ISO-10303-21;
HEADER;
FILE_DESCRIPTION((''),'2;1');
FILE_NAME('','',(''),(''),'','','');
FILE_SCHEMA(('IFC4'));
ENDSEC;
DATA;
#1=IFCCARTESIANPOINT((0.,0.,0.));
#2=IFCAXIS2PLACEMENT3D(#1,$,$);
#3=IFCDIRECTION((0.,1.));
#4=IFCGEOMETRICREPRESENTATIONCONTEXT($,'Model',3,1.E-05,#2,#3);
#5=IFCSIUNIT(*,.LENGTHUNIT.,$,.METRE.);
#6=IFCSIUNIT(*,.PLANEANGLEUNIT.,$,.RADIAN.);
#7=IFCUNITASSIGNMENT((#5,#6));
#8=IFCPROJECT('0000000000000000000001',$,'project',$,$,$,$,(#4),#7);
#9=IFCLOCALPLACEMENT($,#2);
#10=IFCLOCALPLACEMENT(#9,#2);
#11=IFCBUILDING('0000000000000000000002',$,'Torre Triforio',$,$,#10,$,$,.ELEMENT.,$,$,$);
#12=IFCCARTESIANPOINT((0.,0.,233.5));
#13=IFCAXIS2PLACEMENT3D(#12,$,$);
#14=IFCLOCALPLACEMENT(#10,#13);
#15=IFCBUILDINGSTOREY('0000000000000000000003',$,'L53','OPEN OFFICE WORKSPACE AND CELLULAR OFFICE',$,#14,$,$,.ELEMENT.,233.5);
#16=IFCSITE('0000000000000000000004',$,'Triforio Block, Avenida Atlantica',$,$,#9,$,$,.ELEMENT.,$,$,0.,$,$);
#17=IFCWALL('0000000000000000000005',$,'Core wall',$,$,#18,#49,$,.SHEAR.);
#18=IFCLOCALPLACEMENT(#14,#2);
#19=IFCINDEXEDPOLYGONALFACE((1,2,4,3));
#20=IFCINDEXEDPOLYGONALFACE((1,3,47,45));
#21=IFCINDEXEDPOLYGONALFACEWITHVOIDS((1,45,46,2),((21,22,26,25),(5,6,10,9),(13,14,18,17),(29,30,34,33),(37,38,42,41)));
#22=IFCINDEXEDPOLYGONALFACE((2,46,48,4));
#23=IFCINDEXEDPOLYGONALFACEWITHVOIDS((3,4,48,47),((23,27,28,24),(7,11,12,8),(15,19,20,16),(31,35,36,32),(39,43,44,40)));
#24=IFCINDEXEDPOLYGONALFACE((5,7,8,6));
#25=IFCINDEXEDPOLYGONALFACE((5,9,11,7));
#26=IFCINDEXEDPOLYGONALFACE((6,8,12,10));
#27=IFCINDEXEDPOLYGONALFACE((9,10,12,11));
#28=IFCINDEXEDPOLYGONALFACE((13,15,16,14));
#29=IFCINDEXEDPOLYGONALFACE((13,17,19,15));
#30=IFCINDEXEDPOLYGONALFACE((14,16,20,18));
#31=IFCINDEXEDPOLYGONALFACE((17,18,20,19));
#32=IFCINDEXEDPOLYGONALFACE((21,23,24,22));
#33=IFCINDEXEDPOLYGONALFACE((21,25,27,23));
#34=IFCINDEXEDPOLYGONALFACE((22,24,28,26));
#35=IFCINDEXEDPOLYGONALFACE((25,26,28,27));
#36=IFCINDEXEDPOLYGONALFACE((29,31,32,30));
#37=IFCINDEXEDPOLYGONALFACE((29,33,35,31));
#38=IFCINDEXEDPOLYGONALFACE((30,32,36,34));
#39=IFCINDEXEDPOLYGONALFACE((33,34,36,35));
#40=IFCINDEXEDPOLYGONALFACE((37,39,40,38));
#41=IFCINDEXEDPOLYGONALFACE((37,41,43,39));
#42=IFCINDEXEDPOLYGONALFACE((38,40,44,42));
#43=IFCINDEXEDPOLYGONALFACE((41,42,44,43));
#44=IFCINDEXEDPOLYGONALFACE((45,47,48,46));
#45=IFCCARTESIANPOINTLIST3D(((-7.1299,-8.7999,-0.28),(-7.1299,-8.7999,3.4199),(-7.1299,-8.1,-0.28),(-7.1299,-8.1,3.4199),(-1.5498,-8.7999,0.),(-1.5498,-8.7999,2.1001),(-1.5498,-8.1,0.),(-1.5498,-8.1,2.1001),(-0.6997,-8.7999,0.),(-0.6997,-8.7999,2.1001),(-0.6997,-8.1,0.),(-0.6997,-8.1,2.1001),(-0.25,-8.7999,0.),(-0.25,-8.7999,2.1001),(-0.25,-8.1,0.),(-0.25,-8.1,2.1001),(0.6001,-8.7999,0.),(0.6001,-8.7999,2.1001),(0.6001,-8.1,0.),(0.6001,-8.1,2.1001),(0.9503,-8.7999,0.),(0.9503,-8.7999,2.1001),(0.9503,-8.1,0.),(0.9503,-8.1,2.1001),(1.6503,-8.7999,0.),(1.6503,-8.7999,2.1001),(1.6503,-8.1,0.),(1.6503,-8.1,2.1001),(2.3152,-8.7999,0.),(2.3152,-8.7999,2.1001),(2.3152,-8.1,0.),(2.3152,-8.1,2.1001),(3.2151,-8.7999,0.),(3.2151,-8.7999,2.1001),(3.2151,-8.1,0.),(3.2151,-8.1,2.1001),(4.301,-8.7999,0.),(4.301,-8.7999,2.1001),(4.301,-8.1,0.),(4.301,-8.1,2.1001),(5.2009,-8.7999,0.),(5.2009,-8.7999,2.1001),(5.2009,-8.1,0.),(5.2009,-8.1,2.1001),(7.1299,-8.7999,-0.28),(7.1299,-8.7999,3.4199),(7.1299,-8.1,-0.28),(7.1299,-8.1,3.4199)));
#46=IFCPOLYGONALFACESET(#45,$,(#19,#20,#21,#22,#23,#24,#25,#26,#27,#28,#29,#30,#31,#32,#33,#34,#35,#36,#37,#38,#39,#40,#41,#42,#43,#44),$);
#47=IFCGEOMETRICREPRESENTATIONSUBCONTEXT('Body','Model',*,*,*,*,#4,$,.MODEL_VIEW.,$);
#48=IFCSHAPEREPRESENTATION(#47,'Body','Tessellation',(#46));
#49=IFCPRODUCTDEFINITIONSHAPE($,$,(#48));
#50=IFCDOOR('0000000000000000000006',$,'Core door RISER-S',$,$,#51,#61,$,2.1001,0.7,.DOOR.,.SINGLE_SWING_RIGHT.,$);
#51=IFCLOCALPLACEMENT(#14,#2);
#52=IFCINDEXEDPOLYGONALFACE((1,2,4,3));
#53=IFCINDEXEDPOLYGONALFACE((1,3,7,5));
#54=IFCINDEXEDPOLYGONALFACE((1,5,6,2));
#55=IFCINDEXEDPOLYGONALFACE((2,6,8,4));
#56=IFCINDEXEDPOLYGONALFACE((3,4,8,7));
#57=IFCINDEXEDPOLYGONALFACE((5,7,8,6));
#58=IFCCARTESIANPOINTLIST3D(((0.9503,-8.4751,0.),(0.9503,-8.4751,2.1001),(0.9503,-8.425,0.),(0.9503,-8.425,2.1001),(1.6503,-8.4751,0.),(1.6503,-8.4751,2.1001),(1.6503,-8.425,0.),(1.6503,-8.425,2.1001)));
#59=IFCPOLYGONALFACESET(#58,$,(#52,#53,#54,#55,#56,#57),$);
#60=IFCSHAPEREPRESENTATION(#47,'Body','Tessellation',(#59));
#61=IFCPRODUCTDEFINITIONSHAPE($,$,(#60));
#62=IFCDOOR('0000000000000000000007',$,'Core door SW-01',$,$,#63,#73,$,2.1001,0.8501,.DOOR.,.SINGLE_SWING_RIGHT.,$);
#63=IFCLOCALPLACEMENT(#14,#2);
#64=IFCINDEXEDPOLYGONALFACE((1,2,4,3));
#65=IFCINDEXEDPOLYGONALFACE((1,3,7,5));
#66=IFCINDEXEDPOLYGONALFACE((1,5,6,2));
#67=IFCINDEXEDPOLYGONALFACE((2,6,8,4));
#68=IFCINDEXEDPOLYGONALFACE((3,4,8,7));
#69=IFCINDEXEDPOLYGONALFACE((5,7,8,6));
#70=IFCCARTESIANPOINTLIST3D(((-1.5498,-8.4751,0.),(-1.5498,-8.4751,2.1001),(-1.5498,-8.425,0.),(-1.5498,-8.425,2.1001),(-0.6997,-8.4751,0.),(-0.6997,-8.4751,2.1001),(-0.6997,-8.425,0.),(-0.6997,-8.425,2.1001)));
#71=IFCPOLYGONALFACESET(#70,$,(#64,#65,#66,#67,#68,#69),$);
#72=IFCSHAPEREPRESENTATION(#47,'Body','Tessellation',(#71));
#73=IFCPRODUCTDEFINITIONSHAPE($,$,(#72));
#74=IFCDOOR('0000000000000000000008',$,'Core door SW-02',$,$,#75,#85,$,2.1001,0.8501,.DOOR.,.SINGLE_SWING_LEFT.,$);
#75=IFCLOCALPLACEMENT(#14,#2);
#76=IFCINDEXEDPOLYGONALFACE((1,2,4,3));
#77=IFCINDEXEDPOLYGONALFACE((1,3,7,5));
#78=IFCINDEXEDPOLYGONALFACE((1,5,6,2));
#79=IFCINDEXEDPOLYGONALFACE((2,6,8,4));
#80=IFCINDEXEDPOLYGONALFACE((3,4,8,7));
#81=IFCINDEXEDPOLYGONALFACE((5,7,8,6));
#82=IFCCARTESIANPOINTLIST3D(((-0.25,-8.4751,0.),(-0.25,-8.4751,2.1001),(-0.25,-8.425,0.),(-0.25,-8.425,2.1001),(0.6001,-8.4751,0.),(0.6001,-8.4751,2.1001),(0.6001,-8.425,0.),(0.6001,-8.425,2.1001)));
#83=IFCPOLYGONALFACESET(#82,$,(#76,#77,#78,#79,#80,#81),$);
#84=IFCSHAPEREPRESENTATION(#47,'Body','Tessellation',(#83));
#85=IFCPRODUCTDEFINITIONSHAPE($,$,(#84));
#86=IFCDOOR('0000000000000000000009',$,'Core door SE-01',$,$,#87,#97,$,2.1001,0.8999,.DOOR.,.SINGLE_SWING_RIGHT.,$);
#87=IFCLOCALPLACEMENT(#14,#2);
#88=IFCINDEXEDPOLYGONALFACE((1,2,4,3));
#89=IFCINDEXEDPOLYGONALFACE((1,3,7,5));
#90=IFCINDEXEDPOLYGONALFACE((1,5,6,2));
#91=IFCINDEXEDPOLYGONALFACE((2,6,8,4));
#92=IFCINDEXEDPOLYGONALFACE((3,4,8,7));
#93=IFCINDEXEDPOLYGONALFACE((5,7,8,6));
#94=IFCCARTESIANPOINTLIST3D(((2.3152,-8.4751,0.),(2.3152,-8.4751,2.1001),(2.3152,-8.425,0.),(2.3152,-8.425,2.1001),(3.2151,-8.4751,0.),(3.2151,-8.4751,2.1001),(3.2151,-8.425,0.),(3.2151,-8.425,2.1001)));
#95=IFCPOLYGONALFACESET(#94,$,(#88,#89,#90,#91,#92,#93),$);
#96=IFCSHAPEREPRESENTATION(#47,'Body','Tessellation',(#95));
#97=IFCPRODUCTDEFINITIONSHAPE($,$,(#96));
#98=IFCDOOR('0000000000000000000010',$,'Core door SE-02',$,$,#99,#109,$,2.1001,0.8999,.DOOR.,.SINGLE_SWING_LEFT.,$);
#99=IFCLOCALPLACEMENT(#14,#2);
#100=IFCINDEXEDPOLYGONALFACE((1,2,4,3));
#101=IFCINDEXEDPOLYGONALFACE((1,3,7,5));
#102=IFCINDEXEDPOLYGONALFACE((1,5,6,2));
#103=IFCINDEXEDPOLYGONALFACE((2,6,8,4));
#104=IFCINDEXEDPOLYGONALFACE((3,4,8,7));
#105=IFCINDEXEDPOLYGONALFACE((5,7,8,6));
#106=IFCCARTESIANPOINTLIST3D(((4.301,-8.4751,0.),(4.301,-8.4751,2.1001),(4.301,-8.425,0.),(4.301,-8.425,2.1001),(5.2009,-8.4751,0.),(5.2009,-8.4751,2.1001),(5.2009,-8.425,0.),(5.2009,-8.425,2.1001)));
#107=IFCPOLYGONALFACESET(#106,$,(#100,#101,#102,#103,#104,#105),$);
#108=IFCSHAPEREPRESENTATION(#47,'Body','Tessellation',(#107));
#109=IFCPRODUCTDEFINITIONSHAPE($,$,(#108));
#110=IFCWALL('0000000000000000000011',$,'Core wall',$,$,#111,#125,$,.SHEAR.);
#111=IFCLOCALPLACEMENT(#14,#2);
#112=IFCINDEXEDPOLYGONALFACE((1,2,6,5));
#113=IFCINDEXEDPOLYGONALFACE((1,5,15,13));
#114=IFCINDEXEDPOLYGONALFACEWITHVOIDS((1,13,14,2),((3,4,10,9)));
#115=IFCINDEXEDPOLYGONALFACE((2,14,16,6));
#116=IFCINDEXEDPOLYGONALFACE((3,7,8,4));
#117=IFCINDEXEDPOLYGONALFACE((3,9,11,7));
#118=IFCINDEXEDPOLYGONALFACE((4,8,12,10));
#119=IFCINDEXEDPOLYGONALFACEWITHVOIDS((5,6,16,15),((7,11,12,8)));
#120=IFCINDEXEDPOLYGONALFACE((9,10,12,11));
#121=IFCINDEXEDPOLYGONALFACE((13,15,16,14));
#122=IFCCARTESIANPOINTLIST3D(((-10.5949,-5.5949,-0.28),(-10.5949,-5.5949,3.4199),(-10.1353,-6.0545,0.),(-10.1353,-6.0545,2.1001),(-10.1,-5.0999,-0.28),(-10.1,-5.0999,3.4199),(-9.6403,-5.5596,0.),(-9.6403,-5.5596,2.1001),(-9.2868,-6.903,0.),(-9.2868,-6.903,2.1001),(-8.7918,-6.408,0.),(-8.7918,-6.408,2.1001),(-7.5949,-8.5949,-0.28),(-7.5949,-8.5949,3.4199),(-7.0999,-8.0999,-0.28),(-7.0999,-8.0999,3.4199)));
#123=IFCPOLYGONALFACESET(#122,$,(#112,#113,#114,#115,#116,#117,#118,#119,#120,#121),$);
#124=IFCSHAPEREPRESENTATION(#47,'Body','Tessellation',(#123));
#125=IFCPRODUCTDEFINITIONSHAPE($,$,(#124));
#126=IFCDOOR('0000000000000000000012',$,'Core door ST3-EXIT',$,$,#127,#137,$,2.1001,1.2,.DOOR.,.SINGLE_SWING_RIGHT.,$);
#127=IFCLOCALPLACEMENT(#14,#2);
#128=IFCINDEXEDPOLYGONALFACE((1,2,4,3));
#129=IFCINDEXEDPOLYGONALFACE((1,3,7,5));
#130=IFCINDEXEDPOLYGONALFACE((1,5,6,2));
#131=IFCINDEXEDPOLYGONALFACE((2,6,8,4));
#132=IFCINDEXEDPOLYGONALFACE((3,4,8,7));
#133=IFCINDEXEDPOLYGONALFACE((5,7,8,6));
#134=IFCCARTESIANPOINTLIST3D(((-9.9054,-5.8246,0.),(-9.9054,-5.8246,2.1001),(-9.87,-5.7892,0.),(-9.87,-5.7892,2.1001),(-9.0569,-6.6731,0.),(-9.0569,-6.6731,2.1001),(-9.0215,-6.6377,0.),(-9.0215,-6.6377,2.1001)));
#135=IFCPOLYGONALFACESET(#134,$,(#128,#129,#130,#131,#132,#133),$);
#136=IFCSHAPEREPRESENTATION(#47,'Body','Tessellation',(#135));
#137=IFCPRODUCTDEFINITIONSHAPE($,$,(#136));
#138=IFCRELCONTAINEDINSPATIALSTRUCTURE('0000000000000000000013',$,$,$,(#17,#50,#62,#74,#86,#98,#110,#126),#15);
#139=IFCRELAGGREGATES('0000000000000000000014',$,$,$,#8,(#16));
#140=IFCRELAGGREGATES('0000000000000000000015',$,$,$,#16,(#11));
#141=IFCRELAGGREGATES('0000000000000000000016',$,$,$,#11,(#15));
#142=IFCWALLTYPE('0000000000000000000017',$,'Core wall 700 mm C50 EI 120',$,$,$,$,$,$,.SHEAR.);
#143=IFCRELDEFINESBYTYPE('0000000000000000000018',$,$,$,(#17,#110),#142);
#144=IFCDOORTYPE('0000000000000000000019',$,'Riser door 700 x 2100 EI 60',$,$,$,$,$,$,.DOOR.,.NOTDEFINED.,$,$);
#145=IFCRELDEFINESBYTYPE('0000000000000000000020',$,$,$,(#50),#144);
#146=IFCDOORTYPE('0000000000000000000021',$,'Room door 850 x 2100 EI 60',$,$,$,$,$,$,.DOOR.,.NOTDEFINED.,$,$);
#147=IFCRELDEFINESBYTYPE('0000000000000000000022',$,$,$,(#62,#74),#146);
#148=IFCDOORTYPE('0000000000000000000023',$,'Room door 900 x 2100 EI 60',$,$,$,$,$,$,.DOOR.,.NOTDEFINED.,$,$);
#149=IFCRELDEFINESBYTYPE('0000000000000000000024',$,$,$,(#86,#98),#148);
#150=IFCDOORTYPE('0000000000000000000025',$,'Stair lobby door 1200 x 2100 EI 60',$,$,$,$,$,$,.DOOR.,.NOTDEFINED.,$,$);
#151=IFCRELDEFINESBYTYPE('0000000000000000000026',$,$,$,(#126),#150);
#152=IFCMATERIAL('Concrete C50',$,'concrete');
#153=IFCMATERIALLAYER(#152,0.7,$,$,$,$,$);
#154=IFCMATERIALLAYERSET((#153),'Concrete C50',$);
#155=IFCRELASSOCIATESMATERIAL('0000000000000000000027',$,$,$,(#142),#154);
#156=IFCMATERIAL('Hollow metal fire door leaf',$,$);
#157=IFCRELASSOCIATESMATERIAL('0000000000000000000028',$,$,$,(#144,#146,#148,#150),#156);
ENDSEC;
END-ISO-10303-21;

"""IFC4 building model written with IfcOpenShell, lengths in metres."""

from ifc_helpers import new_model, si_unit, direction, frame, frame_2d, origin, place, context, subcontext, project, spatial, rectangle, extrude, material, layer, layer_set, type_object, element, fill, save


model = new_model("IFC4")

# Units and contexts
model_context = context("Model", 3, precision=1e-05, world=origin(), true_north=direction((0.0, 1.0)))
body_context = subcontext(model_context, "Body", "Model", "MODEL_VIEW")
ifc_project = project(units=[si_unit("LENGTHUNIT", "METRE"), si_unit("PLANEANGLEUNIT", "RADIAN")], contexts=[model_context])

# Site, building, storey
site_placement = place(None, origin())
site = spatial("IfcSite", under=ifc_project, at=site_placement, Name="Triforio Block, Avenida Atlantica", CompositionType="ELEMENT", RefElevation=0.0)
building_placement = place(site_placement, origin())
building = spatial("IfcBuilding", under=site, at=building_placement, Name="Torre Triforio", CompositionType="ELEMENT")
storey_placement = place(building_placement, frame((0.0, 0.0, 233.5)))
storey = spatial("IfcBuildingStorey", under=building, at=storey_placement, Name="L53", Description="OPEN OFFICE WORKSPACE AND CELLULAR OFFICE", CompositionType="ELEMENT", Elevation=233.5)

# Shared definitions
ifc_material_1 = material(Name="Concrete C50", Category="concrete")

# Wall, openings, doors
ifc_layer_1 = layer(ifc_material_1, 0.7)
ifc_layer_set_1 = layer_set([ifc_layer_1], Name="Concrete C50")
wall_type_1 = type_object("IfcWallType", Name="Core wall 700 mm C50 EI 120", PredefinedType="SHEAR", material=ifc_layer_set_1)
wall_1_placement = place(storey_placement, frame((-7.1299, -8.45, -0.28), z_axis=(0.0, 0.0, 1.0), x_axis=(1.0, 0.0, 0.0)))
wall_1 = element("IfcWall", 1, at=wall_1_placement, inside=storey, type_object=wall_type_1, Name="Core wall", PredefinedType="SHEAR", context=body_context, shape_type="SweptSolid", body=[
    extrude(rectangle(XDim=14.2598, YDim=0.7, at=frame_2d((7.1299, 0.0))), origin(), (0.0, 0.0, 1.0), 3.7),
])
opening_1_placement = place(wall_1_placement, frame((8.0801, 0.0, 0.28)))
opening_1 = element("IfcOpeningElement", 2, at=opening_1_placement, cuts=wall_1, PredefinedType="OPENING", context=body_context, shape_type="SweptSolid", body=[
    extrude(rectangle(XDim=0.7, YDim=2.1001, at=frame_2d((0.3501, 1.05))), frame((0.0, 0.3599, 0.0), z_axis=(0.0, -1.0, 0.0), x_axis=(1.0, 0.0, 0.0)), (0.0, 0.0, 1.0), 0.72),
])
opening_2_placement = place(wall_1_placement, frame((5.5801, 0.0, 0.28)))
opening_2 = element("IfcOpeningElement", 3, at=opening_2_placement, cuts=wall_1, PredefinedType="OPENING", context=body_context, shape_type="SweptSolid", body=[
    extrude(rectangle(XDim=0.8501, YDim=2.1001, at=frame_2d((0.425, 1.05))), frame((0.0, 0.3599, 0.0), z_axis=(0.0, -1.0, 0.0), x_axis=(1.0, 0.0, 0.0)), (0.0, 0.0, 1.0), 0.72),
])
opening_3_placement = place(wall_1_placement, frame((6.8799, 0.0, 0.28)))
opening_3 = element("IfcOpeningElement", 4, at=opening_3_placement, cuts=wall_1, PredefinedType="OPENING", context=body_context, shape_type="SweptSolid", body=[
    extrude(rectangle(XDim=0.8501, YDim=2.1001, at=frame_2d((0.425, 1.05))), frame((0.0, 0.3599, 0.0), z_axis=(0.0, -1.0, 0.0), x_axis=(1.0, 0.0, 0.0)), (0.0, 0.0, 1.0), 0.72),
])
opening_4_placement = place(wall_1_placement, frame((9.4451, 0.0, 0.28)))
opening_4 = element("IfcOpeningElement", 5, at=opening_4_placement, cuts=wall_1, PredefinedType="OPENING", context=body_context, shape_type="SweptSolid", body=[
    extrude(rectangle(XDim=0.8999, YDim=2.1001, at=frame_2d((0.45, 1.05))), frame((0.0, 0.3599, 0.0), z_axis=(0.0, -1.0, 0.0), x_axis=(1.0, 0.0, 0.0)), (0.0, 0.0, 1.0), 0.72),
])
opening_5_placement = place(wall_1_placement, frame((11.4309, 0.0, 0.28)))
opening_5 = element("IfcOpeningElement", 6, at=opening_5_placement, cuts=wall_1, PredefinedType="OPENING", context=body_context, shape_type="SweptSolid", body=[
    extrude(rectangle(XDim=0.8999, YDim=2.1001, at=frame_2d((0.45, 1.05))), frame((0.0, 0.3599, 0.0), z_axis=(0.0, -1.0, 0.0), x_axis=(1.0, 0.0, 0.0)), (0.0, 0.0, 1.0), 0.72),
])
ifc_material_2 = material(Name="Hollow metal fire door leaf")
door_type_1 = type_object("IfcDoorType", Name="Riser door 700 x 2100 EI 60", OperationType="NOTDEFINED", PredefinedType="DOOR", material=ifc_material_2)
door_1_placement = place(opening_1_placement, origin())
door_1 = element("IfcDoor", 7, at=door_1_placement, inside=storey, type_object=door_type_1, Name="Core door RISER-S", OperationType="SINGLE_SWING_RIGHT", OverallHeight=2.1001, OverallWidth=0.7, PredefinedType="DOOR", context=body_context, shape_type="SweptSolid", body=[
    extrude(rectangle(XDim=0.7, YDim=2.1001, at=frame_2d((0.3501, 1.05))), frame((0.0, 0.0249, 0.0), z_axis=(0.0, -1.0, 0.0), x_axis=(1.0, 0.0, 0.0)), (0.0, 0.0, 1.0), 0.05),
])
fill(opening_1, door_1)
door_type_2 = type_object("IfcDoorType", Name="Room door 850 x 2100 EI 60", OperationType="NOTDEFINED", PredefinedType="DOOR", material=ifc_material_2)
door_2_placement = place(opening_2_placement, origin())
door_2 = element("IfcDoor", 8, at=door_2_placement, inside=storey, type_object=door_type_2, Name="Core door SW-01", OperationType="SINGLE_SWING_RIGHT", OverallHeight=2.1001, OverallWidth=0.8501, PredefinedType="DOOR", context=body_context, shape_type="SweptSolid", body=[
    extrude(rectangle(XDim=0.8501, YDim=2.1001, at=frame_2d((0.425, 1.05))), frame((0.0, 0.0249, 0.0), z_axis=(0.0, -1.0, 0.0), x_axis=(1.0, 0.0, 0.0)), (0.0, 0.0, 1.0), 0.05),
])
fill(opening_2, door_2)
door_3_placement = place(opening_3_placement, origin())
door_3 = element("IfcDoor", 9, at=door_3_placement, inside=storey, type_object=door_type_2, Name="Core door SW-02", OperationType="SINGLE_SWING_LEFT", OverallHeight=2.1001, OverallWidth=0.8501, PredefinedType="DOOR", context=body_context, shape_type="SweptSolid", body=[
    extrude(rectangle(XDim=0.8501, YDim=2.1001, at=frame_2d((0.425, 1.05))), frame((0.0, 0.0249, 0.0), z_axis=(0.0, -1.0, 0.0), x_axis=(1.0, 0.0, 0.0)), (0.0, 0.0, 1.0), 0.05),
])
fill(opening_3, door_3)
door_type_3 = type_object("IfcDoorType", Name="Room door 900 x 2100 EI 60", OperationType="NOTDEFINED", PredefinedType="DOOR", material=ifc_material_2)
door_4_placement = place(opening_4_placement, origin())
door_4 = element("IfcDoor", 10, at=door_4_placement, inside=storey, type_object=door_type_3, Name="Core door SE-01", OperationType="SINGLE_SWING_RIGHT", OverallHeight=2.1001, OverallWidth=0.8999, PredefinedType="DOOR", context=body_context, shape_type="SweptSolid", body=[
    extrude(rectangle(XDim=0.8999, YDim=2.1001, at=frame_2d((0.45, 1.05))), frame((0.0, 0.0249, 0.0), z_axis=(0.0, -1.0, 0.0), x_axis=(1.0, 0.0, 0.0)), (0.0, 0.0, 1.0), 0.05),
])
fill(opening_4, door_4)
door_5_placement = place(opening_5_placement, origin())
door_5 = element("IfcDoor", 11, at=door_5_placement, inside=storey, type_object=door_type_3, Name="Core door SE-02", OperationType="SINGLE_SWING_LEFT", OverallHeight=2.1001, OverallWidth=0.8999, PredefinedType="DOOR", context=body_context, shape_type="SweptSolid", body=[
    extrude(rectangle(XDim=0.8999, YDim=2.1001, at=frame_2d((0.45, 1.05))), frame((0.0, 0.0249, 0.0), z_axis=(0.0, -1.0, 0.0), x_axis=(1.0, 0.0, 0.0)), (0.0, 0.0, 1.0), 0.05),
])
fill(opening_5, door_5)

# Wall, opening, door
wall_2_placement = place(storey_placement, frame((-7.3474, -8.3474, -0.28), z_axis=(0.0, 0.0, 1.0), x_axis=(-0.707107, 0.707107, 0.0)))
wall_2 = element("IfcWall", 12, at=wall_2_placement, inside=storey, type_object=wall_type_1, Name="Core wall", PredefinedType="SHEAR", context=body_context, shape_type="SweptSolid", body=[
    extrude(rectangle(XDim=4.2427, YDim=0.7, at=frame_2d((2.1213, 0.0))), origin(), (0.0, 0.0, 1.0), 3.7),
])
opening_6_placement = place(wall_2_placement, frame((2.3926, 0.0, 0.28)))
opening_6 = element("IfcOpeningElement", 13, at=opening_6_placement, cuts=wall_2, PredefinedType="OPENING", context=body_context, shape_type="SweptSolid", body=[
    extrude(rectangle(XDim=1.2, YDim=2.1001, at=frame_2d((0.6001, 1.05))), frame((0.0, 0.3599, 0.0), z_axis=(0.0, -1.0, 0.0), x_axis=(1.0, 0.0, 0.0)), (0.0, 0.0, 1.0), 0.72),
])
door_type_4 = type_object("IfcDoorType", Name="Stair lobby door 1200 x 2100 EI 60", OperationType="NOTDEFINED", PredefinedType="DOOR", material=ifc_material_2)
door_6_placement = place(opening_6_placement, origin())
door_6 = element("IfcDoor", 14, at=door_6_placement, inside=storey, type_object=door_type_4, Name="Core door ST3-EXIT", OperationType="SINGLE_SWING_RIGHT", OverallHeight=2.1001, OverallWidth=1.2, PredefinedType="DOOR", context=body_context, shape_type="SweptSolid", body=[
    extrude(rectangle(XDim=1.2, YDim=2.1001, at=frame_2d((0.6001, 1.05))), frame((0.0, 0.0249, 0.0), z_axis=(0.0, -1.0, 0.0), x_axis=(1.0, 0.0, 0.0)), (0.0, 0.0, 1.0), 0.05),
])
fill(opening_6, door_6)

save(model, "model.ifc")
